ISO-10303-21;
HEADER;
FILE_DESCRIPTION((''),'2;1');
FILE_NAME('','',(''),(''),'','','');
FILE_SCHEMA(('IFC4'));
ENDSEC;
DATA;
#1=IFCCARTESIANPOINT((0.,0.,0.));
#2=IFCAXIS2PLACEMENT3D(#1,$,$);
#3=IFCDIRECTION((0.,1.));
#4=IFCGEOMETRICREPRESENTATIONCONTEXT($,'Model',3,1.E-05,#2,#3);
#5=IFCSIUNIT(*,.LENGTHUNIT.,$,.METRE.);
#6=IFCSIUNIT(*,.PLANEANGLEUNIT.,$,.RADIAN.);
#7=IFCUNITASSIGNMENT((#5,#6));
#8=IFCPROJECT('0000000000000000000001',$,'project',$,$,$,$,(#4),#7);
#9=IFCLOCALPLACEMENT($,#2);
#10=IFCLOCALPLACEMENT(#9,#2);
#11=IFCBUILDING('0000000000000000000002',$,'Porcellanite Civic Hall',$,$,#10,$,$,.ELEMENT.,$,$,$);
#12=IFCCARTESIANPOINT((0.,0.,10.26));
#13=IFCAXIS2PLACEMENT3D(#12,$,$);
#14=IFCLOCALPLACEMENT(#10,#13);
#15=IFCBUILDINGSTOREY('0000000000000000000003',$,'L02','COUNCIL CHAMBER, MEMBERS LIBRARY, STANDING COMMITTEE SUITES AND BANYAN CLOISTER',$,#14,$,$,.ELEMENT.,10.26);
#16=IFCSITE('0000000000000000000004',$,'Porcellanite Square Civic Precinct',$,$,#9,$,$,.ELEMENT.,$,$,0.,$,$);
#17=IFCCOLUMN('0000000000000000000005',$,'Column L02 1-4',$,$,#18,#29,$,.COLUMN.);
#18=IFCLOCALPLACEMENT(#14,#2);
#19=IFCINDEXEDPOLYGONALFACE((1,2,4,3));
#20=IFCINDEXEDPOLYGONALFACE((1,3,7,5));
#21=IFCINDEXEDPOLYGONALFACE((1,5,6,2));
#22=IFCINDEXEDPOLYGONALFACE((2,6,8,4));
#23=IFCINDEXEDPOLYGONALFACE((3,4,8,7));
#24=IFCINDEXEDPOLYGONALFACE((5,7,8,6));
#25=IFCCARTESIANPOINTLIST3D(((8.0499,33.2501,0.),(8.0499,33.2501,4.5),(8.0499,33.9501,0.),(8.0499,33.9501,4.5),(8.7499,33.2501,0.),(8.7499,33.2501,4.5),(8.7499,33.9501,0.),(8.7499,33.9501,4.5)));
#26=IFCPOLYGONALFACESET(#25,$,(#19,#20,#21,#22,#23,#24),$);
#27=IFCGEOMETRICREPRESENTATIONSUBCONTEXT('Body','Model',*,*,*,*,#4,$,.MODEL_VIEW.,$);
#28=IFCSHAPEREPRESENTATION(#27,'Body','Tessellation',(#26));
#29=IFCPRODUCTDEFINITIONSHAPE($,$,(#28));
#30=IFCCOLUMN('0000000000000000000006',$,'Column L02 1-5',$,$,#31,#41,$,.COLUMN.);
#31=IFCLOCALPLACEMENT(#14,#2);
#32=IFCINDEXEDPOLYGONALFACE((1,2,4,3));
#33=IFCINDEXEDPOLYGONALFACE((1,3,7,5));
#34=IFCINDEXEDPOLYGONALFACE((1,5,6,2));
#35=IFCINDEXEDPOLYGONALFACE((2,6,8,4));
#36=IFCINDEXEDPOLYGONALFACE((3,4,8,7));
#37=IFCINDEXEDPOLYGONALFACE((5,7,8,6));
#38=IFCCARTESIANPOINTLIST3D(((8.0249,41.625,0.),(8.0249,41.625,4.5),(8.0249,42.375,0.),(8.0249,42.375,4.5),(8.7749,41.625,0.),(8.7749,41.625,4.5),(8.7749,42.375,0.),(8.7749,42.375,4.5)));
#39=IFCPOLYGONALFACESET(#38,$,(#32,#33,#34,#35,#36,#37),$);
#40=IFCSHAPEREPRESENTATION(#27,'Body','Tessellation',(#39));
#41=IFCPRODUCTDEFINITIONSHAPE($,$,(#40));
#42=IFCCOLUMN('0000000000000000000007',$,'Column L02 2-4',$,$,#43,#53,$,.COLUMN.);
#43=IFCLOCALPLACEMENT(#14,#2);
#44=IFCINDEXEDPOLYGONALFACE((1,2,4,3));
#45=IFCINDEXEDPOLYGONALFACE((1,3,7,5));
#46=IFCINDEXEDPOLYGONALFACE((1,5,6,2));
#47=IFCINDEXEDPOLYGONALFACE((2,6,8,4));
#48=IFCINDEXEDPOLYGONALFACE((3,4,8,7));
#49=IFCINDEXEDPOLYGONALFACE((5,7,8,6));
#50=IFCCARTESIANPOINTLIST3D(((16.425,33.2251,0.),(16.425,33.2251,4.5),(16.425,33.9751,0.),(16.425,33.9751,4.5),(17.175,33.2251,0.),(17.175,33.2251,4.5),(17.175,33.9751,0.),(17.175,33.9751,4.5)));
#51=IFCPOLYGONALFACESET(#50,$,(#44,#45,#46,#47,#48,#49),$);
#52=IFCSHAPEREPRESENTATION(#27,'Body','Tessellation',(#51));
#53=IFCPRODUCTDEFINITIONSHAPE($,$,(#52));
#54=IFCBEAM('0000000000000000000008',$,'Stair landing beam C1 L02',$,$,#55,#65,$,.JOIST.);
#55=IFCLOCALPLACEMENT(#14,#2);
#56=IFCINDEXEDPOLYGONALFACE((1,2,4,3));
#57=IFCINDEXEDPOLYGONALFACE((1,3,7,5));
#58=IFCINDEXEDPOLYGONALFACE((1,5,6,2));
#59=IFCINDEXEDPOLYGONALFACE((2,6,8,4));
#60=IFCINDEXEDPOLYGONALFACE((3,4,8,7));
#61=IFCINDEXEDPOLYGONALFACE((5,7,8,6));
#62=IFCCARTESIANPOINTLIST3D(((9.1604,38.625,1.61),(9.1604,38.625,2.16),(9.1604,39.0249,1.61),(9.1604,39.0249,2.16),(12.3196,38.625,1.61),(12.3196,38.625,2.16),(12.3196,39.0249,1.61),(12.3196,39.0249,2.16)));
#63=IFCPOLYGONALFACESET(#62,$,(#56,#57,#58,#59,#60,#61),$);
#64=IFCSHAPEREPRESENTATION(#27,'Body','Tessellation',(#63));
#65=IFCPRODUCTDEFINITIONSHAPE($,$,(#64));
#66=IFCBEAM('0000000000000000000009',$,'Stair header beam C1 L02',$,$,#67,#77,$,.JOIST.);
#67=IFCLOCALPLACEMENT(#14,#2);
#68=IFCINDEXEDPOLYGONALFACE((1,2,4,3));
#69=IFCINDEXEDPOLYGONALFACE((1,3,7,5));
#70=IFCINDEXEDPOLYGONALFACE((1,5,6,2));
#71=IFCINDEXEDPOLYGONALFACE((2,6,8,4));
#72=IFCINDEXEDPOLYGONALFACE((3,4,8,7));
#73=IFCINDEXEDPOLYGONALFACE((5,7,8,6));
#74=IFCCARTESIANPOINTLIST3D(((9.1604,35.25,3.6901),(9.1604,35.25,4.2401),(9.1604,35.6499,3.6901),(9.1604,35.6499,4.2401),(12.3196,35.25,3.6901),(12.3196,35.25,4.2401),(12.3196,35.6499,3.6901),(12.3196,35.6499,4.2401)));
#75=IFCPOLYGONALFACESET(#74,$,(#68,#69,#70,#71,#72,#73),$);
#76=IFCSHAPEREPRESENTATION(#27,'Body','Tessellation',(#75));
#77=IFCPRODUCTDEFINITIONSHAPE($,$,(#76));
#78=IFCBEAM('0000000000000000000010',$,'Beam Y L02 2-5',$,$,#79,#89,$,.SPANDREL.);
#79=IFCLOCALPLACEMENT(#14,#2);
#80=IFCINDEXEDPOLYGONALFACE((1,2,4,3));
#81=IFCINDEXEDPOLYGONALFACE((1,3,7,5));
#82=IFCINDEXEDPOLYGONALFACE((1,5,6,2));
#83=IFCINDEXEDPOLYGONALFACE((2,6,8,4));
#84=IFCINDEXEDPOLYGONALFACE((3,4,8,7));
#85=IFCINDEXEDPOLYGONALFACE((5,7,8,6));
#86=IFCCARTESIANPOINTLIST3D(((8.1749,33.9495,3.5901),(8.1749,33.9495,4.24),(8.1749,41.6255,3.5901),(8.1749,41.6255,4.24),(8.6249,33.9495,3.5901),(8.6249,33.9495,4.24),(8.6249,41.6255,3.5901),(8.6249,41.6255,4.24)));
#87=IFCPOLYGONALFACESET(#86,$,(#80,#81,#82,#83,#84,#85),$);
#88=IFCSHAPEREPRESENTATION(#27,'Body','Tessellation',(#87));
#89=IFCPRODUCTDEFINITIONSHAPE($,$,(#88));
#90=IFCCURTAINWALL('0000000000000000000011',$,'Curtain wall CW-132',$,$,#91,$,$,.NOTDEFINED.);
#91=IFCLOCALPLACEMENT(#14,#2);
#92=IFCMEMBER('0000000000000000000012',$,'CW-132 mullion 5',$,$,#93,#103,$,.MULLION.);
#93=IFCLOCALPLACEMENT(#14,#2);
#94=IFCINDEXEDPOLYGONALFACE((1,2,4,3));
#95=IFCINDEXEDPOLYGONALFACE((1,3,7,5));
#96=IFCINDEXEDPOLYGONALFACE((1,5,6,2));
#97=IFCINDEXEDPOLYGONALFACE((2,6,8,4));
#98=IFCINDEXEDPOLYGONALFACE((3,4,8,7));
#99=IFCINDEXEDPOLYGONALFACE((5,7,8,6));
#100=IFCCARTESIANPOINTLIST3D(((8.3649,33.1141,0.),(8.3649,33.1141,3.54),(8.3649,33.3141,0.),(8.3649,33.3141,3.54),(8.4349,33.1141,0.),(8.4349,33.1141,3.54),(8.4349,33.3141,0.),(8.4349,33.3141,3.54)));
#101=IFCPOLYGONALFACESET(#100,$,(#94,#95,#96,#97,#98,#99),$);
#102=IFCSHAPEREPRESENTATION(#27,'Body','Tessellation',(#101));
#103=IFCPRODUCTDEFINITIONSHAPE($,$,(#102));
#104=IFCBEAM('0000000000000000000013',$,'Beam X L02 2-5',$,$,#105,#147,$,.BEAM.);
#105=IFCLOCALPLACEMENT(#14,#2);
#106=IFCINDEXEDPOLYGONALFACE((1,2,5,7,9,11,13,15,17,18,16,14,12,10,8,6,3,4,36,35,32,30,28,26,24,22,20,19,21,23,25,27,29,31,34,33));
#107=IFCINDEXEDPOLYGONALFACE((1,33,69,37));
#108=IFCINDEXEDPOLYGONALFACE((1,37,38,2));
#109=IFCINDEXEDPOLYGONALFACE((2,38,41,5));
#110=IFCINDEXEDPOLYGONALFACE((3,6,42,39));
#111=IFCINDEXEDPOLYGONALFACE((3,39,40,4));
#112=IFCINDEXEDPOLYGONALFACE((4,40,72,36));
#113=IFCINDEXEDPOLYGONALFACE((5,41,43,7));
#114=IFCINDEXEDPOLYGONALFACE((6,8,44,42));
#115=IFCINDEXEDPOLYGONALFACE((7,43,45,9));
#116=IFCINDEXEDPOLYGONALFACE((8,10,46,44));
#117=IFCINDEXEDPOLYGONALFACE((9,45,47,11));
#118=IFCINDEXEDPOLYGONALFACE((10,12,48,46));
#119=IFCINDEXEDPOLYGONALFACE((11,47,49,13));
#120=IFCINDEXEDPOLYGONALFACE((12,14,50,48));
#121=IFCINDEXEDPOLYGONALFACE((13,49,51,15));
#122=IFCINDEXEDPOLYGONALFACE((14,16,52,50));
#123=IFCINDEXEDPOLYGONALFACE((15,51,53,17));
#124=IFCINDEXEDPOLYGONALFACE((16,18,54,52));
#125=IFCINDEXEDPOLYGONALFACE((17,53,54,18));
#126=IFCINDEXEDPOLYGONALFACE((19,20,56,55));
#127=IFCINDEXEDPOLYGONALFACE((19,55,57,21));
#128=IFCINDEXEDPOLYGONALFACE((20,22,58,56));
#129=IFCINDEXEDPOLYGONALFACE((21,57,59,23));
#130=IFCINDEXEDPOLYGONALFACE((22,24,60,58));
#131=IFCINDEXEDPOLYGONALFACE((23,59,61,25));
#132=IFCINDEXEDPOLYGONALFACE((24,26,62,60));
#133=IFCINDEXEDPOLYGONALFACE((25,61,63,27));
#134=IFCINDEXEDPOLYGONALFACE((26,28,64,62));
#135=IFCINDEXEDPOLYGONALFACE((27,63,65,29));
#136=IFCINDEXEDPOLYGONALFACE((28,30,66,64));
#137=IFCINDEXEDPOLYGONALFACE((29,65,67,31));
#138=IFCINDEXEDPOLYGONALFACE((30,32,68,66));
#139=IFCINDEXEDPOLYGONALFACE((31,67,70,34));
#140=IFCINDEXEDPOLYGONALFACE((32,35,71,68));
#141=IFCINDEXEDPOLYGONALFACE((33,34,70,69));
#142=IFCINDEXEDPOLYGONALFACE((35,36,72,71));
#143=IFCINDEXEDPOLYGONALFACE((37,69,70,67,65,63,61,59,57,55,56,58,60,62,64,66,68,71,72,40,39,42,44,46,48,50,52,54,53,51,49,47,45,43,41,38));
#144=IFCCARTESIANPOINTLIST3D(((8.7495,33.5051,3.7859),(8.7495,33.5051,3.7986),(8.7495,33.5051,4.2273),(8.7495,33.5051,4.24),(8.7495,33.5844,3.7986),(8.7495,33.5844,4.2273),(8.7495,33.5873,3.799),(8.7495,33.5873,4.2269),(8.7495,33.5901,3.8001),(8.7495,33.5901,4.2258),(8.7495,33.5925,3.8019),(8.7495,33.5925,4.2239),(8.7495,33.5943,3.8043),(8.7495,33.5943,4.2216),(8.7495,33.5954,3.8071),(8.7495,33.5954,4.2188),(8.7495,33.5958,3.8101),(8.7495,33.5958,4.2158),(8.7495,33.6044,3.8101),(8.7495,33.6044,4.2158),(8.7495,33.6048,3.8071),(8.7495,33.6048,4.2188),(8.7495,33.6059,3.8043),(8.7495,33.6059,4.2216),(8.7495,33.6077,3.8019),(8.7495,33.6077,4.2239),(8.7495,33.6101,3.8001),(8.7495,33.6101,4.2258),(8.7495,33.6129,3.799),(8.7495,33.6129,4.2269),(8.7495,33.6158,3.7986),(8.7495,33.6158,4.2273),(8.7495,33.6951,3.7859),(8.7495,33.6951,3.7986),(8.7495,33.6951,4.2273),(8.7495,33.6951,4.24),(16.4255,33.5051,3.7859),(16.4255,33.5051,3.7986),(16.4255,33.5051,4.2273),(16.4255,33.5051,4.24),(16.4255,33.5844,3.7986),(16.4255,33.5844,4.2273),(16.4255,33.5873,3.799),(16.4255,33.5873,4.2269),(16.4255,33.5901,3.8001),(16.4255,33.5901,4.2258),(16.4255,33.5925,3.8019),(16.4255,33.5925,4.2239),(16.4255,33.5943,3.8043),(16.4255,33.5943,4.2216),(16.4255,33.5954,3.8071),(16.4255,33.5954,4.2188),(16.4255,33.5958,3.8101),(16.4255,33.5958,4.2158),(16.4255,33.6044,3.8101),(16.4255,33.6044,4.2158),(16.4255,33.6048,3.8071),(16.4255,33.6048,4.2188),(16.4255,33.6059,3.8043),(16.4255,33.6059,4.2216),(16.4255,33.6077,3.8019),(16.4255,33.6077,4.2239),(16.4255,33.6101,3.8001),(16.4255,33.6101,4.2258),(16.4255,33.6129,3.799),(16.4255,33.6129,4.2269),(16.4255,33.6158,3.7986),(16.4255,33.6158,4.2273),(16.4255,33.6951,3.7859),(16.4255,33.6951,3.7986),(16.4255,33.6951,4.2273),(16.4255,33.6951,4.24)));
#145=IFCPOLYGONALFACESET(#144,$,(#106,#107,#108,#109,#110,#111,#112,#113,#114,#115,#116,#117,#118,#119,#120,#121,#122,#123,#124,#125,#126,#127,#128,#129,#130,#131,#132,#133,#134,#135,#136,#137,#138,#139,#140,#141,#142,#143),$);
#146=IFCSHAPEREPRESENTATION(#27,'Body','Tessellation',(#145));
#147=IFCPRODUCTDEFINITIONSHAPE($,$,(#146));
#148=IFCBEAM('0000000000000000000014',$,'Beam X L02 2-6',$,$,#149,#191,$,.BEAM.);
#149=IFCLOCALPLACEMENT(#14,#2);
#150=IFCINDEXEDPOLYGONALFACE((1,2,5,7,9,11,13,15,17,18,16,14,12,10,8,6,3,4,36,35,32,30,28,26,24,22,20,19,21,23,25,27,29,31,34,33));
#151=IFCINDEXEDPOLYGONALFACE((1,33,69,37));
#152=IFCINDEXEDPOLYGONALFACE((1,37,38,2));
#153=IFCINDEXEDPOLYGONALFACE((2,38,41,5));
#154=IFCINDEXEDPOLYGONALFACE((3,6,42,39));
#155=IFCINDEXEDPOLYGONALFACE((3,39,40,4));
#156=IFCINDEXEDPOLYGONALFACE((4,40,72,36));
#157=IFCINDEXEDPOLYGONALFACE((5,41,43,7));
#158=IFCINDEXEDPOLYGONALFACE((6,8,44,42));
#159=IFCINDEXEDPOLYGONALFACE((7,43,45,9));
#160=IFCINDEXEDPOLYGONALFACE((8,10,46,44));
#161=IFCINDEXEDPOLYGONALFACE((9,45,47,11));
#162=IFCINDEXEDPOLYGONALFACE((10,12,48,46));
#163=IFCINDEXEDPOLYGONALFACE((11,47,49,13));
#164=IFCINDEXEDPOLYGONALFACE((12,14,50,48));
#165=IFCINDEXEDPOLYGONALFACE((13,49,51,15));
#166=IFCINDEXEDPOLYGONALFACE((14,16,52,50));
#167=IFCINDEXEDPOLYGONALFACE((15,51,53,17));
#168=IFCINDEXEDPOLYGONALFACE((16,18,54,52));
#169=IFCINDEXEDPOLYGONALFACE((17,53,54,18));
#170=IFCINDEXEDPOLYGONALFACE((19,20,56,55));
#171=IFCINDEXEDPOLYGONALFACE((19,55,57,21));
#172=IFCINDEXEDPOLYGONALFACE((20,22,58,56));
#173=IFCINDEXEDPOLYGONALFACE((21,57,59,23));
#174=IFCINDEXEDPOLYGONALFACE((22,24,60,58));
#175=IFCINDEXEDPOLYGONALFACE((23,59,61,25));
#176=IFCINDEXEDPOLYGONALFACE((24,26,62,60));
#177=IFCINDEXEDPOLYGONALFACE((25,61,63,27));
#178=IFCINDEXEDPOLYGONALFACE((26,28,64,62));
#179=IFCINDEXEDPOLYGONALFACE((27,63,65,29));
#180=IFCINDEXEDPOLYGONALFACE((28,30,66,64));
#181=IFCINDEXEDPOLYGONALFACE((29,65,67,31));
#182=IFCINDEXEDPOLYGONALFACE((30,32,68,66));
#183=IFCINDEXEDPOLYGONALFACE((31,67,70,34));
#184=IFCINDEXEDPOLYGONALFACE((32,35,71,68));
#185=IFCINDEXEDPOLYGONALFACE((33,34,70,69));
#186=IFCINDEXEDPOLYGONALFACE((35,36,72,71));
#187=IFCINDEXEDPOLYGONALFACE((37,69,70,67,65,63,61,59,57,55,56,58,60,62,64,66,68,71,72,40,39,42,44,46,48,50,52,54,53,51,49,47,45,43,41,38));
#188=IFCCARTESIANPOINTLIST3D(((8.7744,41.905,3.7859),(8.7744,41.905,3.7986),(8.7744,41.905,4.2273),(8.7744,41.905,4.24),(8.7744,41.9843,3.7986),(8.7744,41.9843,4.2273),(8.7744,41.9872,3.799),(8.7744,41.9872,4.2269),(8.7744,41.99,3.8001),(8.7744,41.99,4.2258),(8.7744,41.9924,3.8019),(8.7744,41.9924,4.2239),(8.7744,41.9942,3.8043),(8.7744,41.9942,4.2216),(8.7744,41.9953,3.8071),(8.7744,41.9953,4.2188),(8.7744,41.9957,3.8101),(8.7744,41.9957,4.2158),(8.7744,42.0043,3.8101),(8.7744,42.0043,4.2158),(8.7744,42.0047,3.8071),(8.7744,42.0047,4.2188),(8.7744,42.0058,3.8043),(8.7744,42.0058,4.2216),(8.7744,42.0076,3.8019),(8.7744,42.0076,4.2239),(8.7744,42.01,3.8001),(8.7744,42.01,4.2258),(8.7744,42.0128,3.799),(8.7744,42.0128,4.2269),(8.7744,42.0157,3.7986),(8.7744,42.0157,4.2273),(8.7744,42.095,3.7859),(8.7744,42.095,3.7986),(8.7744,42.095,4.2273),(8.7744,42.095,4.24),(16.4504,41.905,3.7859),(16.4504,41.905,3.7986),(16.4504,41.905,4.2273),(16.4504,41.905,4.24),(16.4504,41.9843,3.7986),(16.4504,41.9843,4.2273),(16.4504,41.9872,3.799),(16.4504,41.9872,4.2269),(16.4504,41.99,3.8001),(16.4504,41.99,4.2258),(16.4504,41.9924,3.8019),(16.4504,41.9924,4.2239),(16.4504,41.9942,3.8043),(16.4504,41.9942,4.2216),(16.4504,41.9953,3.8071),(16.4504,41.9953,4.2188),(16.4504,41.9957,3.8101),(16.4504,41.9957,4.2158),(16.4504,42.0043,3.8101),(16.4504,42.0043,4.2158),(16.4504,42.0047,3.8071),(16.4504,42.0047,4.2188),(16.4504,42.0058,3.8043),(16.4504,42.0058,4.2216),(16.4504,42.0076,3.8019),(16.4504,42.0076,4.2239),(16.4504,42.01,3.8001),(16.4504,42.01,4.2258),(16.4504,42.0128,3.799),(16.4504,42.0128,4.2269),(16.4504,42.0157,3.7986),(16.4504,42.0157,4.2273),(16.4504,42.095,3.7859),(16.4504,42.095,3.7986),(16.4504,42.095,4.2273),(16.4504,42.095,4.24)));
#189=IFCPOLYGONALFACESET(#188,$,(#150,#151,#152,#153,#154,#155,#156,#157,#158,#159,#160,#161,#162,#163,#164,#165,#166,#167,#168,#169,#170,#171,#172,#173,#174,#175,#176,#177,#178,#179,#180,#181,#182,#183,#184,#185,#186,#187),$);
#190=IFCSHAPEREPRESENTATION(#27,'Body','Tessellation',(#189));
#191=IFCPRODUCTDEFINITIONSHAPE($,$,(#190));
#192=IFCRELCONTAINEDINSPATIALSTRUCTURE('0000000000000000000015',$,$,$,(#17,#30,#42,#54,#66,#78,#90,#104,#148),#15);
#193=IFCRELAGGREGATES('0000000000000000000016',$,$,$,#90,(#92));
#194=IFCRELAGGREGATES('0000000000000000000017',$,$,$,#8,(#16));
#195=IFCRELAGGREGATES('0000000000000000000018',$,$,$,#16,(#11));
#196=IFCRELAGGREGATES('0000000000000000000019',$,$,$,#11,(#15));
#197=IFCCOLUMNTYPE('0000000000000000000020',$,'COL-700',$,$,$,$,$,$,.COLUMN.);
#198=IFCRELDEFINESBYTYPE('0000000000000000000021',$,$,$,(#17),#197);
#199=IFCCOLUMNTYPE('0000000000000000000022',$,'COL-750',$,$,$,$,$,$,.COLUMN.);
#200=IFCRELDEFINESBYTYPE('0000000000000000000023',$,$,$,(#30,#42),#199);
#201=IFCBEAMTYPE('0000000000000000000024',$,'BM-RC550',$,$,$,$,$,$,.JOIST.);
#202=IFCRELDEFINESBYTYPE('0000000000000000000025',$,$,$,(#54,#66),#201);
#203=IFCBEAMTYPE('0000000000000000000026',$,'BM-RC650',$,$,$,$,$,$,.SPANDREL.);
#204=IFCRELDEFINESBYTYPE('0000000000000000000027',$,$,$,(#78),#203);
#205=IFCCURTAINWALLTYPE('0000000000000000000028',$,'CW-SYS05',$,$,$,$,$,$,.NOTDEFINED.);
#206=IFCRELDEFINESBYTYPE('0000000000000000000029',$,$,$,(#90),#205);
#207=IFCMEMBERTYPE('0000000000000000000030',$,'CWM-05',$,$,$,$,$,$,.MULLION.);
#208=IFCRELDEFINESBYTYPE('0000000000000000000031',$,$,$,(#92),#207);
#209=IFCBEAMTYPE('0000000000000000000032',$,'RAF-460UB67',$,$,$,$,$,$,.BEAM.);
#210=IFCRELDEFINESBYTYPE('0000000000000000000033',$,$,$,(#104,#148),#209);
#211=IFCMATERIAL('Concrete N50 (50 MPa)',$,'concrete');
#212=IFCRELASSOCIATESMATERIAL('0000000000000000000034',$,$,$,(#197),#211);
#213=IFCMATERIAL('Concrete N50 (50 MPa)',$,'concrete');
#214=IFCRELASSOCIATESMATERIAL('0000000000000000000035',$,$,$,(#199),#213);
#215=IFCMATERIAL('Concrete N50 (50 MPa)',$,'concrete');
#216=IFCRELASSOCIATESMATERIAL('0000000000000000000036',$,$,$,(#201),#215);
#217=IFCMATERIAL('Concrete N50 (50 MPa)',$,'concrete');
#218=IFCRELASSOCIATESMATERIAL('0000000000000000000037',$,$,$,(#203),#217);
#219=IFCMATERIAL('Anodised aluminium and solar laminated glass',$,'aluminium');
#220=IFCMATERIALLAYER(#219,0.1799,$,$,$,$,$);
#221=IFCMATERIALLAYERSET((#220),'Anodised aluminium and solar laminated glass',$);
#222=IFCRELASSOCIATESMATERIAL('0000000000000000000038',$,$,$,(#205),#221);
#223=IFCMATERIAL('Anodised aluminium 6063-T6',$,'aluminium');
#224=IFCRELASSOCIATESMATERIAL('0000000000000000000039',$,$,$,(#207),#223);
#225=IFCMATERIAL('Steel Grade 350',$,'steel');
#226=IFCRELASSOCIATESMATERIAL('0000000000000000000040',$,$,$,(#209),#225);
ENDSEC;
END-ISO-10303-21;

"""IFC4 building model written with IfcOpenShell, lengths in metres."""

from ifc_helpers import new_model, si_unit, direction, frame, origin, origin_2d, place, context, subcontext, project, spatial, rectangle, i_section, extrude, material, layer, layer_set, material_profile, profile_set, type_object, element, aggregate, save


model = new_model("IFC4")

# Units and contexts
model_context = context("Model", 3, precision=1e-05, world=origin(), true_north=direction((0.0, 1.0)))
body_context = subcontext(model_context, "Body", "Model", "MODEL_VIEW")
ifc_project = project(units=[si_unit("LENGTHUNIT", "METRE"), si_unit("PLANEANGLEUNIT", "RADIAN")], contexts=[model_context])

# Site, building, storey
site_placement = place(None, origin())
site = spatial("IfcSite", under=ifc_project, at=site_placement, Name="Porcellanite Square Civic Precinct", CompositionType="ELEMENT", RefElevation=0.0)
building_placement = place(site_placement, origin())
building = spatial("IfcBuilding", under=site, at=building_placement, Name="Porcellanite Civic Hall", CompositionType="ELEMENT")
storey_placement = place(building_placement, frame((0.0, 0.0, 10.26)))
storey = spatial("IfcBuildingStorey", under=building, at=storey_placement, Name="L02", Description="COUNCIL CHAMBER, MEMBERS LIBRARY, STANDING COMMITTEE SUITES AND BANYAN CLOISTER", CompositionType="ELEMENT", Elevation=10.26)

# Columns
ifc_material_1 = material(Name="Concrete N50 (50 MPa)", Category="concrete")
ifc_material_profile_1 = material_profile(ifc_material_1, rectangle(XDim=0.7, YDim=0.7, at=origin_2d()), Name="RC-700x700")
ifc_profile_set_1 = profile_set([ifc_material_profile_1], Name="Concrete N50 (50 MPa)")
column_type_1 = type_object("IfcColumnType", Name="COL-700", PredefinedType="COLUMN", material=ifc_profile_set_1)
column_placement = place(storey_placement, frame((8.3999, 33.6001, 0.0), z_axis=(0.0, 0.0, 1.0), x_axis=(1.0, 0.0, 0.0)))
element("IfcColumn", 1, at=column_placement, inside=storey, type_object=column_type_1, Name="Column L02 1-4", PredefinedType="COLUMN", context=body_context, shape_type="SweptSolid", body=[
    extrude(rectangle(XDim=0.7, YDim=0.7, at=origin_2d()), origin(), (0.0, 0.0, 1.0), 4.5),
])
ifc_material_2 = material(Name="Concrete N50 (50 MPa)", Category="concrete")
ifc_material_profile_2 = material_profile(ifc_material_2, rectangle(XDim=0.75, YDim=0.75, at=origin_2d()), Name="RC-750x750")
ifc_profile_set_2 = profile_set([ifc_material_profile_2], Name="Concrete N50 (50 MPa)")
column_type_2 = type_object("IfcColumnType", Name="COL-750", PredefinedType="COLUMN", material=ifc_profile_set_2)
for number, where, z_axis, x_axis, name in (
    (2, (8.3999, 42.0, 0.0), (0.0, 0.0, 1.0), (1.0, 0.0, 0.0), "Column L02 1-5"),
    (3, (16.8, 33.6001, 0.0), (0.0, 0.0, 1.0), (1.0, 0.0, 0.0), "Column L02 2-4"),
):
    element("IfcColumn", number, at=place(storey_placement, frame(where, z_axis=z_axis, x_axis=x_axis)), inside=storey, type_object=column_type_2, Name=name, PredefinedType="COLUMN", context=body_context, shape_type="SweptSolid", body=[
        extrude(rectangle(XDim=0.75, YDim=0.75, at=origin_2d()), origin(), (0.0, 0.0, 1.0), 4.5),
    ])

# Beams
ifc_material_3 = material(Name="Concrete N50 (50 MPa)", Category="concrete")
ifc_material_profile_3 = material_profile(ifc_material_3, rectangle(XDim=0.3999, YDim=0.55, at=origin_2d()), Name="RC-400x550")
ifc_profile_set_3 = profile_set([ifc_material_profile_3], Name="Concrete N50 (50 MPa)")
beam_type_1 = type_object("IfcBeamType", Name="BM-RC550", PredefinedType="JOIST", material=ifc_profile_set_3)
for number, where, z_axis, x_axis, name in (
    (4, (9.1604, 38.825, 1.885), (1.0, 0.0, 0.0), (0.0, 1.0, 0.0), "Stair landing beam C1 L02"),
    (5, (9.1604, 35.45, 3.9651), (1.0, 0.0, 0.0), (0.0, 1.0, 0.0), "Stair header beam C1 L02"),
):
    element("IfcBeam", number, at=place(storey_placement, frame(where, z_axis=z_axis, x_axis=x_axis)), inside=storey, type_object=beam_type_1, Name=name, PredefinedType="JOIST", context=body_context, shape_type="SweptSolid", body=[
        extrude(rectangle(XDim=0.3999, YDim=0.55, at=origin_2d()), origin(), (0.0, 0.0, 1.0), 3.1592),
    ])
ifc_material_4 = material(Name="Concrete N50 (50 MPa)", Category="concrete")
ifc_material_profile_4 = material_profile(ifc_material_4, rectangle(XDim=0.45, YDim=0.6499, at=origin_2d()), Name="RC-450x650")
ifc_profile_set_4 = profile_set([ifc_material_profile_4], Name="Concrete N50 (50 MPa)")
beam_type_2 = type_object("IfcBeamType", Name="BM-RC650", PredefinedType="SPANDREL", material=ifc_profile_set_4)
beam_1_placement = place(storey_placement, frame((8.3999, 33.9495, 3.915), z_axis=(0.0, 1.0, 0.0), x_axis=(-1.0, 0.0, 0.0)))
element("IfcBeam", 6, at=beam_1_placement, inside=storey, type_object=beam_type_2, Name="Beam Y L02 2-5", PredefinedType="SPANDREL", context=body_context, shape_type="SweptSolid", body=[
    extrude(rectangle(XDim=0.45, YDim=0.6499, at=origin_2d()), origin(), (0.0, 0.0, 1.0), 7.676),
])

# Curtain wall, member
ifc_material_5 = material(Name="Anodised aluminium and solar laminated glass", Category="aluminium")
ifc_layer_1 = layer(ifc_material_5, 0.1799)
ifc_layer_set_1 = layer_set([ifc_layer_1], Name="Anodised aluminium and solar laminated glass")
curtain_wall_type = type_object("IfcCurtainWallType", Name="CW-SYS05", PredefinedType="NOTDEFINED", material=ifc_layer_set_1)
curtain_wall_placement = place(storey_placement, origin())
curtain_wall = element("IfcCurtainWall", 7, at=curtain_wall_placement, inside=storey, type_object=curtain_wall_type, Name="Curtain wall CW-132", PredefinedType="NOTDEFINED")
ifc_material_6 = material(Name="Anodised aluminium 6063-T6", Category="aluminium")
ifc_material_profile_5 = material_profile(ifc_material_6, rectangle(XDim=0.0701, YDim=0.2, at=origin_2d()), Name="AL-70x200")
ifc_profile_set_5 = profile_set([ifc_material_profile_5], Name="Anodised aluminium 6063-T6")
member_type = type_object("IfcMemberType", Name="CWM-05", PredefinedType="MULLION", material=ifc_profile_set_5)
member_placement = place(storey_placement, frame((8.3999, 33.2141, 0.0), z_axis=(0.0, 0.0, 1.0), x_axis=(-1.0, 0.0, 0.0)))
member = element("IfcMember", 8, at=member_placement, type_object=member_type, Name="CW-132 mullion 5", PredefinedType="MULLION", context=body_context, shape_type="SweptSolid", body=[
    extrude(rectangle(XDim=0.0701, YDim=0.2, at=origin_2d()), origin(), (0.0, 0.0, 1.0), 3.54),
])

# Beams
ifc_material_7 = material(Name="Steel Grade 350", Category="steel")
ifc_material_profile_6 = material_profile(ifc_material_7, i_section(OverallWidth=0.1899, OverallDepth=0.4541, WebThickness=0.0085, FlangeThickness=0.0127, FilletRadius=0.0115, at=origin_2d()), Name="460UB67.1")
ifc_profile_set_6 = profile_set([ifc_material_profile_6], Name="Steel Grade 350")
beam_type_3 = type_object("IfcBeamType", Name="RAF-460UB67", PredefinedType="BEAM", material=ifc_profile_set_6)
for number, where, z_axis, x_axis, name in (
    (9, (8.7495, 33.6001, 4.0129), (1.0, 0.0, 0.0), (0.0, 1.0, 0.0), "Beam X L02 2-5"),
    (10, (8.7744, 42.0, 4.0129), (1.0, 0.0, 0.0), (0.0, 1.0, 0.0), "Beam X L02 2-6"),
):
    element("IfcBeam", number, at=place(storey_placement, frame(where, z_axis=z_axis, x_axis=x_axis)), inside=storey, type_object=beam_type_3, Name=name, PredefinedType="BEAM", context=body_context, shape_type="SweptSolid", body=[
        extrude(i_section(OverallWidth=0.1899, OverallDepth=0.4541, WebThickness=0.0085, FlangeThickness=0.0127, FilletRadius=0.0115, at=origin_2d()), origin(), (0.0, 0.0, 1.0), 7.676),
    ])

aggregate(curtain_wall, [member])

save(model, "model.ifc")
